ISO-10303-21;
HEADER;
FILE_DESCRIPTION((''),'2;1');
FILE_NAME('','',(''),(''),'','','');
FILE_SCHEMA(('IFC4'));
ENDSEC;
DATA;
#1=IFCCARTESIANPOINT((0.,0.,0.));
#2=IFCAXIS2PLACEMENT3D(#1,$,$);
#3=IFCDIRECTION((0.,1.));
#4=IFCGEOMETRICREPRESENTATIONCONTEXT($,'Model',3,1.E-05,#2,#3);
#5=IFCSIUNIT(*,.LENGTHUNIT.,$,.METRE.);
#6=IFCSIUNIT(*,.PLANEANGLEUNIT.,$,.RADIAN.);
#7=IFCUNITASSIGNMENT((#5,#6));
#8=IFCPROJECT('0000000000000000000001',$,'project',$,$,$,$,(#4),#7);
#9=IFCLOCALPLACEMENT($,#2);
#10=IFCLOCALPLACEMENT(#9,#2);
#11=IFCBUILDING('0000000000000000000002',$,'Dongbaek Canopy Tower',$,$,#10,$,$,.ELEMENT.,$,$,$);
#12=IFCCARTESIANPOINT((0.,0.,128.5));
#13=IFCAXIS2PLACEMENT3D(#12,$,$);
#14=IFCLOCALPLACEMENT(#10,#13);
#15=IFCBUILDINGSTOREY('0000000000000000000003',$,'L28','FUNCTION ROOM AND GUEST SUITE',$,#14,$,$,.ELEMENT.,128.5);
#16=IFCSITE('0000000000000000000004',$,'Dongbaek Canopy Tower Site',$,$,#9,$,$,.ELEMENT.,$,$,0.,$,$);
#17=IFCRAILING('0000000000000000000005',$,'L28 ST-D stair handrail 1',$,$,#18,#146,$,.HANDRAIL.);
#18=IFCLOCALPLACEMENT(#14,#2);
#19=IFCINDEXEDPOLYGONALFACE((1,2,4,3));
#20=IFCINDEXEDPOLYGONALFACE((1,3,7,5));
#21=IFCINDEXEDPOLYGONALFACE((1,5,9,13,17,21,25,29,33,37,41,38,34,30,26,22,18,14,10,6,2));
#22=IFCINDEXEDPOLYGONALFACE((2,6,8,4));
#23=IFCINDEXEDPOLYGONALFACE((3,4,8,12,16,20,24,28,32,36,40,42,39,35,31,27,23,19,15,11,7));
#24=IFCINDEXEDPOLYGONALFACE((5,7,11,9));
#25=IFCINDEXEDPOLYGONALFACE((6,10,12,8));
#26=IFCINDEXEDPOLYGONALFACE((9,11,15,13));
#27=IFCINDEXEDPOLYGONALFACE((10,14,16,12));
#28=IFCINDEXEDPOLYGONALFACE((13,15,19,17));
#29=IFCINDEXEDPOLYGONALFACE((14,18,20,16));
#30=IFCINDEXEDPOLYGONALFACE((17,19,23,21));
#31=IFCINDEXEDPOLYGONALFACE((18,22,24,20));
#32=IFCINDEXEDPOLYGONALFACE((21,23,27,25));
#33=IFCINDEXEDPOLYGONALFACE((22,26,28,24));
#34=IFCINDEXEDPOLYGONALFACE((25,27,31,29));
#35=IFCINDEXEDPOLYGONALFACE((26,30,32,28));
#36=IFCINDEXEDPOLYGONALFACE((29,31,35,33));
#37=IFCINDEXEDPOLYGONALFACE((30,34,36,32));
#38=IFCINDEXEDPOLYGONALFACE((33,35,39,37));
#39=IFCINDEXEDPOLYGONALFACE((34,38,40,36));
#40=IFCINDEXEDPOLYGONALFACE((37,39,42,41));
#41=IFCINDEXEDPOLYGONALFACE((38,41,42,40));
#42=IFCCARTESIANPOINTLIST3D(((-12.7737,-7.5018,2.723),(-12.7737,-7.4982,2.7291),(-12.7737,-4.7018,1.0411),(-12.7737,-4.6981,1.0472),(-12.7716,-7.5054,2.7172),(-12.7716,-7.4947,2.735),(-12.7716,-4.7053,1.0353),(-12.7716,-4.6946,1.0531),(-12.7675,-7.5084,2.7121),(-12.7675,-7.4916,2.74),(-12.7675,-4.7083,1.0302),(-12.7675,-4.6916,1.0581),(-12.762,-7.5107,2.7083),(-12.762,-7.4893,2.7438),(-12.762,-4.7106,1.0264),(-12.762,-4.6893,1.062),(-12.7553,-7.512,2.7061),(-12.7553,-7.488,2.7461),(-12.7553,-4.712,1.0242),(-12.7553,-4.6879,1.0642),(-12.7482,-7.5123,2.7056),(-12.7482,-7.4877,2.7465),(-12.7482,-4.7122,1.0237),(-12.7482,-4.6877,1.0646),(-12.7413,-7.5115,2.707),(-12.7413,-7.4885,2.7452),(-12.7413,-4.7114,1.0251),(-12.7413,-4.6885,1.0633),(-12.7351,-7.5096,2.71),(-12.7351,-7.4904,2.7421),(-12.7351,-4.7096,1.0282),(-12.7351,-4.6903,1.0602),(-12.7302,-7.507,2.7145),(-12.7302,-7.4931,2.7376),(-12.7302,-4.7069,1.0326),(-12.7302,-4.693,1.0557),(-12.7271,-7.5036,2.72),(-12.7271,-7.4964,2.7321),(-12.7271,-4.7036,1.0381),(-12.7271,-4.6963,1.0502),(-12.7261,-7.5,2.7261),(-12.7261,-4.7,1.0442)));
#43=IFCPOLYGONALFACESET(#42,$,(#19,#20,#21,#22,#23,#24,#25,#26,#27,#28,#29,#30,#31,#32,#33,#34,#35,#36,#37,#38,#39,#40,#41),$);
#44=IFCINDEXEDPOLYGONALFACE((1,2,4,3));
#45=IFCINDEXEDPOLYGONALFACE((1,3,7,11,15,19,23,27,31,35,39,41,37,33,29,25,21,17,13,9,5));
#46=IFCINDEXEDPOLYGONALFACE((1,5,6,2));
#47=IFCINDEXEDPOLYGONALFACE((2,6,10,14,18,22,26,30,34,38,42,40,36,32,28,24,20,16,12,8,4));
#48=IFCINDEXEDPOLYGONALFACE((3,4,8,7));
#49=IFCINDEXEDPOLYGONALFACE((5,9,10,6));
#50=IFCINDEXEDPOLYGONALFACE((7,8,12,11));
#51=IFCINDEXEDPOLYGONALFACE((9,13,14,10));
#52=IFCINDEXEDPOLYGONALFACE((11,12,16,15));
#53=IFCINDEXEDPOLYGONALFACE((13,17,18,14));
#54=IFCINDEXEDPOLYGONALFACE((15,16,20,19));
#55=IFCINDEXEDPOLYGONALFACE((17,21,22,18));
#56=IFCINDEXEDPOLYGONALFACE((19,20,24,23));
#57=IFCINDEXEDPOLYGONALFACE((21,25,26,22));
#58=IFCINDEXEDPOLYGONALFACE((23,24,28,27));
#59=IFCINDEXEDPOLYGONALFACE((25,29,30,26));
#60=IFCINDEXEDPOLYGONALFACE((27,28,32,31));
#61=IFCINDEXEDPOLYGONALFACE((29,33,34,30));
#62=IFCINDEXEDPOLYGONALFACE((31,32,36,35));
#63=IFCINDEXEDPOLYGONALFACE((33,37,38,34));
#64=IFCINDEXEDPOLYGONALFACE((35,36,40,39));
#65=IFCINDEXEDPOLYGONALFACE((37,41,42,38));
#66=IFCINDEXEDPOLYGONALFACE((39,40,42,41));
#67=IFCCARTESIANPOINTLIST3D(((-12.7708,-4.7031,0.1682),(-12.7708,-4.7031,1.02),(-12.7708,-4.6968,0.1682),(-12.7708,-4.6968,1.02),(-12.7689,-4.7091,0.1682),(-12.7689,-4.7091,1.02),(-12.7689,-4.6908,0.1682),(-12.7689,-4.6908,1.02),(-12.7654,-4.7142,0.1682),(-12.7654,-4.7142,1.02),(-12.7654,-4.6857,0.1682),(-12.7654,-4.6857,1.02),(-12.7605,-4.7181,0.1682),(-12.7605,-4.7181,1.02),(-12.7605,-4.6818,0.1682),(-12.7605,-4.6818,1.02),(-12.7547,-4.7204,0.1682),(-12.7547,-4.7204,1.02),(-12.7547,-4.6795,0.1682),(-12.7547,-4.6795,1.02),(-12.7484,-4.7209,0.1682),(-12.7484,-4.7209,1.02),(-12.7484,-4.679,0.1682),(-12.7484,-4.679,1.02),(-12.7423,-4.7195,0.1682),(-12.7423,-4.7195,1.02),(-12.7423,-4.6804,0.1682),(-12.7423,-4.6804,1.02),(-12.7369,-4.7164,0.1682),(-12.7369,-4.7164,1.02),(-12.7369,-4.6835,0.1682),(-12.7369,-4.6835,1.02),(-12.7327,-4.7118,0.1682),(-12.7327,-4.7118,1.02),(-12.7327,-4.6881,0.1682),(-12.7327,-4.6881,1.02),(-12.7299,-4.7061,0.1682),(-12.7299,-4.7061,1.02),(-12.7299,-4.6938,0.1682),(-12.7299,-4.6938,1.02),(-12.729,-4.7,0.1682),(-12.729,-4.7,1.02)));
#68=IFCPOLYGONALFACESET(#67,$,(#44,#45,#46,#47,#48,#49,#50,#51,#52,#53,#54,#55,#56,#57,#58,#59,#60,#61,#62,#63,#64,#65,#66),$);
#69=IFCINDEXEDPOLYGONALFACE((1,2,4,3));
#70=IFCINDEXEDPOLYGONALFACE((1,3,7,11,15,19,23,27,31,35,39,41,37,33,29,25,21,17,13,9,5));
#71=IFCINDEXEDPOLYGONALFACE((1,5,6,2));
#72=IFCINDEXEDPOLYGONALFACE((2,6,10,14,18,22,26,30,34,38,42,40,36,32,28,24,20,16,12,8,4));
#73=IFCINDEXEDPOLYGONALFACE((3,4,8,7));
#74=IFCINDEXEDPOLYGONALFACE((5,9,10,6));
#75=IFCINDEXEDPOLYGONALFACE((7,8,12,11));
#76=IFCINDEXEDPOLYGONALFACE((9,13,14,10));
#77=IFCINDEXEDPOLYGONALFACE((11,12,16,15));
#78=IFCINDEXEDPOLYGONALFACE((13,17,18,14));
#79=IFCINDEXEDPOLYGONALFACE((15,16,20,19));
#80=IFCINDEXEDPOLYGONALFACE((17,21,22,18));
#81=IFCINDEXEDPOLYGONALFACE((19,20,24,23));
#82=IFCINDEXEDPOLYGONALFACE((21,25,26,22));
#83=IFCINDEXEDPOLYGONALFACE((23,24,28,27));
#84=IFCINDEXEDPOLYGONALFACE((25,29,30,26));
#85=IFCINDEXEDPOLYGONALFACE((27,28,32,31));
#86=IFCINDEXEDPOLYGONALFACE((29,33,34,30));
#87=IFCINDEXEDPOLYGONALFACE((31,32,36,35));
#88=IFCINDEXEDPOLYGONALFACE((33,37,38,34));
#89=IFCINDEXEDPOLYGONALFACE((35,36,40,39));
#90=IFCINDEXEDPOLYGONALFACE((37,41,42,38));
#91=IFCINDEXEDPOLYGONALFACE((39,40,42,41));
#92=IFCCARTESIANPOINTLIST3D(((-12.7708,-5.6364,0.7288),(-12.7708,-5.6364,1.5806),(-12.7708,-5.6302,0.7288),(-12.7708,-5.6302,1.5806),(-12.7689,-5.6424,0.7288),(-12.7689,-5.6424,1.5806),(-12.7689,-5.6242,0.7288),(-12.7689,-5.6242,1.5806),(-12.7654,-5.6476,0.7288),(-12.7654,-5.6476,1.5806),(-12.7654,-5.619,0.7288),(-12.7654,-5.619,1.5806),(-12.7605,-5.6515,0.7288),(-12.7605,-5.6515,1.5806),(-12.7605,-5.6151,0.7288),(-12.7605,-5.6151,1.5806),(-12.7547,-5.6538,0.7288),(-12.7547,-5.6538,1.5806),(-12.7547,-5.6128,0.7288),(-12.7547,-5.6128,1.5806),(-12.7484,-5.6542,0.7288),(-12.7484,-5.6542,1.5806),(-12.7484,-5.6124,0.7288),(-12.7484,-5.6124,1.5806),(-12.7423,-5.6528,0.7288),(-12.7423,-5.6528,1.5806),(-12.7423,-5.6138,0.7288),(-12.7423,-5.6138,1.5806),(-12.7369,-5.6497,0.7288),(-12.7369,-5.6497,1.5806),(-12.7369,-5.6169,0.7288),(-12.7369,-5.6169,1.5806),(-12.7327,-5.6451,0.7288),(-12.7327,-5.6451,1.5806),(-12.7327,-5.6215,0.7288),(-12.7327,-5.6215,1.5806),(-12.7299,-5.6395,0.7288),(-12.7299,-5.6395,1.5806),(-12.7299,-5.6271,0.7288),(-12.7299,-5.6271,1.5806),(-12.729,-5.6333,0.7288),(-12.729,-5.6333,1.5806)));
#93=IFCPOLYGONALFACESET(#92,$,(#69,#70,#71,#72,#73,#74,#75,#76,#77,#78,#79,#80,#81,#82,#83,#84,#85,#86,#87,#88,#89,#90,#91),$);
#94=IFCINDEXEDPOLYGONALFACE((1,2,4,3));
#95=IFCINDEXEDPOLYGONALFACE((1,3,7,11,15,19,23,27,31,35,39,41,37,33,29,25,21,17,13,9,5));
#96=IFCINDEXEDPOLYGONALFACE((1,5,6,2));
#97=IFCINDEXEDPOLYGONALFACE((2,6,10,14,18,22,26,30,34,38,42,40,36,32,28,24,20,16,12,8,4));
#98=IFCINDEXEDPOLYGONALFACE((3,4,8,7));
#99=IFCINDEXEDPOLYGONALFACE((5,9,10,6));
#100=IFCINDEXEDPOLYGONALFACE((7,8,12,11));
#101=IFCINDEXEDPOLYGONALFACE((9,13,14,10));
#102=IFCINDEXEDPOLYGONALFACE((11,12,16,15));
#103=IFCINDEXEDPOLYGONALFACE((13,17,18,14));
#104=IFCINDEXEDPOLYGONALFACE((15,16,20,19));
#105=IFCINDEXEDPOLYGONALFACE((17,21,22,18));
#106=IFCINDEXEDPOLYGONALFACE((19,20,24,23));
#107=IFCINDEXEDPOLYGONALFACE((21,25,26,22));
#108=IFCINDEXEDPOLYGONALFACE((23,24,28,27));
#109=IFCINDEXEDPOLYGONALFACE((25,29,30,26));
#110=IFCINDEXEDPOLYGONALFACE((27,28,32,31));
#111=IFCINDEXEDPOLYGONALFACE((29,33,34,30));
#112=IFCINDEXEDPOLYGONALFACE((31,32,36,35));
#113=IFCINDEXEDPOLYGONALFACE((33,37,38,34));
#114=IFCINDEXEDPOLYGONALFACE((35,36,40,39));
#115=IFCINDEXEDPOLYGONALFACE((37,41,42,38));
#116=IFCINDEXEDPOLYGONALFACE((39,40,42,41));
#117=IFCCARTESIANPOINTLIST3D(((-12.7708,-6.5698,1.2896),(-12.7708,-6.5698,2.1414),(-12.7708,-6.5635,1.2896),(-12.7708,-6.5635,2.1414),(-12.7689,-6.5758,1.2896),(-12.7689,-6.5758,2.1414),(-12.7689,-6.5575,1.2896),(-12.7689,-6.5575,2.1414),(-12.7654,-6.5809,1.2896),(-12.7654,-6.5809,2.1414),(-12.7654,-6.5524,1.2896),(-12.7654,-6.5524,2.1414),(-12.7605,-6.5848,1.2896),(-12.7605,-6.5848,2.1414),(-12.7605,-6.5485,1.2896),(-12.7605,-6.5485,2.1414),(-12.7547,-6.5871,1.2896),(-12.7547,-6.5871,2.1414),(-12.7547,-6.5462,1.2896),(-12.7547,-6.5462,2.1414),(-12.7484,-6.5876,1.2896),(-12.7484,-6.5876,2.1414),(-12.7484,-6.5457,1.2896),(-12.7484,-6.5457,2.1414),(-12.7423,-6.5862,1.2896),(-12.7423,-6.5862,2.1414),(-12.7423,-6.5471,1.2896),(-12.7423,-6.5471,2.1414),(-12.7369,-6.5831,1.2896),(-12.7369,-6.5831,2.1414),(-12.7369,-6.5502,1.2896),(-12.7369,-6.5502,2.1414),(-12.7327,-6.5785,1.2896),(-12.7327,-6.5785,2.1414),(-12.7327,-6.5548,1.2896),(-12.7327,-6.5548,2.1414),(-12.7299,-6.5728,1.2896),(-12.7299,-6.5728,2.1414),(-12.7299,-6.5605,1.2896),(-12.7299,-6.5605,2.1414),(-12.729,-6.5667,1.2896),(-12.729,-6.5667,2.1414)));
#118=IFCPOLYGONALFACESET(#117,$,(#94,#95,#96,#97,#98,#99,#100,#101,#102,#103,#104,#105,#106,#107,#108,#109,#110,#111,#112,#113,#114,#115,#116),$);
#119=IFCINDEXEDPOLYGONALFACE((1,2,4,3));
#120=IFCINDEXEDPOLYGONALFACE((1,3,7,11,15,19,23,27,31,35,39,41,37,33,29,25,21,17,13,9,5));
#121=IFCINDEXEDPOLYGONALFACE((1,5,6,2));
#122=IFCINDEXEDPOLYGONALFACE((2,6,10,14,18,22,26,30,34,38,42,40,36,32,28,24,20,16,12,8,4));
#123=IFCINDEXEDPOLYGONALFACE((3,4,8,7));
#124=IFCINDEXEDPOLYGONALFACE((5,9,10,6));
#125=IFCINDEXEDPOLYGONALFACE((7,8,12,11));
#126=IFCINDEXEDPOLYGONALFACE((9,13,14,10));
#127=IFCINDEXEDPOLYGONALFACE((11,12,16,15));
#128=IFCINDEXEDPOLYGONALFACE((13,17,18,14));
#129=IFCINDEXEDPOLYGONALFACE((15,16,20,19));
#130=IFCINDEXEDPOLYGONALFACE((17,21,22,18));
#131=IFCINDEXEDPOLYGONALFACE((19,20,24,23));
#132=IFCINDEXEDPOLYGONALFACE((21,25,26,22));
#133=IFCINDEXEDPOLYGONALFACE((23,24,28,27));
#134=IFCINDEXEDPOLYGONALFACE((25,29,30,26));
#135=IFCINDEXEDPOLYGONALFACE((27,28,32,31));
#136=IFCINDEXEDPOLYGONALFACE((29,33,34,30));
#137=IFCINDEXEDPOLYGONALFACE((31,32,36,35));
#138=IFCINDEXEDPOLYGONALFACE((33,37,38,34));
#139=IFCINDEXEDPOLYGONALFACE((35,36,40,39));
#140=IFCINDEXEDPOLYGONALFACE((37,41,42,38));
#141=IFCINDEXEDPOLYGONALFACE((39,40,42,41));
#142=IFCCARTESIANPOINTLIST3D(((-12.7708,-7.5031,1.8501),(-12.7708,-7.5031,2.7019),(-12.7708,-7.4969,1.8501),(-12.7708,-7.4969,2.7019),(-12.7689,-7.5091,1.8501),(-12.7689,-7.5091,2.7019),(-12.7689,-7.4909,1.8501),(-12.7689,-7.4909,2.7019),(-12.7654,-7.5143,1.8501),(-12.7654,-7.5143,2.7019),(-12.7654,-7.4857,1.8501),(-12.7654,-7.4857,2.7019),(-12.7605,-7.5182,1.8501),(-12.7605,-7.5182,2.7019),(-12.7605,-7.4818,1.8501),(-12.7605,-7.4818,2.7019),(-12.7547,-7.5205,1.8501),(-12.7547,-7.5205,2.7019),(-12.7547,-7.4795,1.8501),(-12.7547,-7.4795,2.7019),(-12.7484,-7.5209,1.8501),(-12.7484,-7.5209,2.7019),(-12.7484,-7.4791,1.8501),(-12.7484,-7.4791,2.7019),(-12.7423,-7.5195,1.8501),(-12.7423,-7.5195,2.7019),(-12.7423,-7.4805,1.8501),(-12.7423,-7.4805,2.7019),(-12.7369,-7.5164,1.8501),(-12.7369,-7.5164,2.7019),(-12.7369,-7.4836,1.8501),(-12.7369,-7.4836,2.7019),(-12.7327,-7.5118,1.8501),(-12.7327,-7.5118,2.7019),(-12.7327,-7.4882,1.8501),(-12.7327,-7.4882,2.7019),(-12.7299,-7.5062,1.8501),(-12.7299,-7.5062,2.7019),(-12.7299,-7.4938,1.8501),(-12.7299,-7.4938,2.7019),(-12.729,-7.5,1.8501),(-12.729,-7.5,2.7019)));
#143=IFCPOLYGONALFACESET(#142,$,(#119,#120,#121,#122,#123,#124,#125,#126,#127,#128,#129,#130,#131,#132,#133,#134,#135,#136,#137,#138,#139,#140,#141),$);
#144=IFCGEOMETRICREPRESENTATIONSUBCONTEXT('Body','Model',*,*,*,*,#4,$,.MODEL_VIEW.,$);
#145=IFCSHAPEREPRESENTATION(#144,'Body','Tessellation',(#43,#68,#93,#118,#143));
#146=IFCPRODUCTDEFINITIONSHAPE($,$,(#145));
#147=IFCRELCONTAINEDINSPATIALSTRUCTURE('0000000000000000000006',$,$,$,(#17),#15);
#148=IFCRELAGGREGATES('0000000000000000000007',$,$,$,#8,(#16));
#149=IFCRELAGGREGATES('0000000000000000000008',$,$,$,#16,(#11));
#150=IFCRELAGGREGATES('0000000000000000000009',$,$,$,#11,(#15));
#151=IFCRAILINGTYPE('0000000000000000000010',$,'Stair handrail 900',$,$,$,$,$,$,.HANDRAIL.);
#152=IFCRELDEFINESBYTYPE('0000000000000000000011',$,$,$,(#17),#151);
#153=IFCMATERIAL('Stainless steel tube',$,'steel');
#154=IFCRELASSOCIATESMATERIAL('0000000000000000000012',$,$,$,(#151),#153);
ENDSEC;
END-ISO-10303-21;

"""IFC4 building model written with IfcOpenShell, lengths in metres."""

from ifc_helpers import new_model, si_unit, direction, frame, origin, origin_2d, place, context, subcontext, project, spatial, circle, extrude, material, type_object, element, save


model = new_model("IFC4")

# Units and contexts
model_context = context("Model", 3, precision=1e-05, world=origin(), true_north=direction((0.0, 1.0)))
body_context = subcontext(model_context, "Body", "Model", "MODEL_VIEW")
ifc_project = project(units=[si_unit("LENGTHUNIT", "METRE"), si_unit("PLANEANGLEUNIT", "RADIAN")], contexts=[model_context])

# Site, building, storey
site_placement = place(None, origin())
site = spatial("IfcSite", under=ifc_project, at=site_placement, Name="Dongbaek Canopy Tower Site", CompositionType="ELEMENT", RefElevation=0.0)
building_placement = place(site_placement, origin())
building = spatial("IfcBuilding", under=site, at=building_placement, Name="Dongbaek Canopy Tower", CompositionType="ELEMENT")
storey_placement = place(building_placement, frame((0.0, 0.0, 128.5)))
storey = spatial("IfcBuildingStorey", under=building, at=storey_placement, Name="L28", Description="FUNCTION ROOM AND GUEST SUITE", CompositionType="ELEMENT", Elevation=128.5)

# Railing
ifc_material_1 = material(Name="Stainless steel tube", Category="steel")
railing_type_1 = type_object("IfcRailingType", Name="Stair handrail 900", PredefinedType="HANDRAIL", material=ifc_material_1)
railing_1_placement = place(storey_placement, frame((-12.75, -4.7, 0.1682)))
element("IfcRailing", 1, at=railing_1_placement, inside=storey, type_object=railing_type_1, Name="L28 ST-D stair handrail 1", PredefinedType="HANDRAIL", context=body_context, shape_type="SweptSolid", body=[
    extrude(circle(Radius=0.0239, at=origin_2d()), frame((0.0, 0.0, 0.876), z_axis=(0.0, -0.857242, 0.514913), x_axis=(1.0, 0.0, 0.0)), (0.0, 0.0, 1.0), 3.2664),
    extrude(circle(Radius=0.021, at=origin_2d()), origin(), (0.0, 0.0, 1.0), 0.8518),
    extrude(circle(Radius=0.021, at=origin_2d()), frame((0.0, -0.9333, 0.5605)), (0.0, 0.0, 1.0), 0.8518),
    extrude(circle(Radius=0.021, at=origin_2d()), frame((0.0, -1.8667, 1.1213)), (0.0, 0.0, 1.0), 0.8518),
    extrude(circle(Radius=0.021, at=origin_2d()), frame((0.0, -2.8, 1.6819)), (0.0, 0.0, 1.0), 0.8518),
])

save(model, "model.ifc")
